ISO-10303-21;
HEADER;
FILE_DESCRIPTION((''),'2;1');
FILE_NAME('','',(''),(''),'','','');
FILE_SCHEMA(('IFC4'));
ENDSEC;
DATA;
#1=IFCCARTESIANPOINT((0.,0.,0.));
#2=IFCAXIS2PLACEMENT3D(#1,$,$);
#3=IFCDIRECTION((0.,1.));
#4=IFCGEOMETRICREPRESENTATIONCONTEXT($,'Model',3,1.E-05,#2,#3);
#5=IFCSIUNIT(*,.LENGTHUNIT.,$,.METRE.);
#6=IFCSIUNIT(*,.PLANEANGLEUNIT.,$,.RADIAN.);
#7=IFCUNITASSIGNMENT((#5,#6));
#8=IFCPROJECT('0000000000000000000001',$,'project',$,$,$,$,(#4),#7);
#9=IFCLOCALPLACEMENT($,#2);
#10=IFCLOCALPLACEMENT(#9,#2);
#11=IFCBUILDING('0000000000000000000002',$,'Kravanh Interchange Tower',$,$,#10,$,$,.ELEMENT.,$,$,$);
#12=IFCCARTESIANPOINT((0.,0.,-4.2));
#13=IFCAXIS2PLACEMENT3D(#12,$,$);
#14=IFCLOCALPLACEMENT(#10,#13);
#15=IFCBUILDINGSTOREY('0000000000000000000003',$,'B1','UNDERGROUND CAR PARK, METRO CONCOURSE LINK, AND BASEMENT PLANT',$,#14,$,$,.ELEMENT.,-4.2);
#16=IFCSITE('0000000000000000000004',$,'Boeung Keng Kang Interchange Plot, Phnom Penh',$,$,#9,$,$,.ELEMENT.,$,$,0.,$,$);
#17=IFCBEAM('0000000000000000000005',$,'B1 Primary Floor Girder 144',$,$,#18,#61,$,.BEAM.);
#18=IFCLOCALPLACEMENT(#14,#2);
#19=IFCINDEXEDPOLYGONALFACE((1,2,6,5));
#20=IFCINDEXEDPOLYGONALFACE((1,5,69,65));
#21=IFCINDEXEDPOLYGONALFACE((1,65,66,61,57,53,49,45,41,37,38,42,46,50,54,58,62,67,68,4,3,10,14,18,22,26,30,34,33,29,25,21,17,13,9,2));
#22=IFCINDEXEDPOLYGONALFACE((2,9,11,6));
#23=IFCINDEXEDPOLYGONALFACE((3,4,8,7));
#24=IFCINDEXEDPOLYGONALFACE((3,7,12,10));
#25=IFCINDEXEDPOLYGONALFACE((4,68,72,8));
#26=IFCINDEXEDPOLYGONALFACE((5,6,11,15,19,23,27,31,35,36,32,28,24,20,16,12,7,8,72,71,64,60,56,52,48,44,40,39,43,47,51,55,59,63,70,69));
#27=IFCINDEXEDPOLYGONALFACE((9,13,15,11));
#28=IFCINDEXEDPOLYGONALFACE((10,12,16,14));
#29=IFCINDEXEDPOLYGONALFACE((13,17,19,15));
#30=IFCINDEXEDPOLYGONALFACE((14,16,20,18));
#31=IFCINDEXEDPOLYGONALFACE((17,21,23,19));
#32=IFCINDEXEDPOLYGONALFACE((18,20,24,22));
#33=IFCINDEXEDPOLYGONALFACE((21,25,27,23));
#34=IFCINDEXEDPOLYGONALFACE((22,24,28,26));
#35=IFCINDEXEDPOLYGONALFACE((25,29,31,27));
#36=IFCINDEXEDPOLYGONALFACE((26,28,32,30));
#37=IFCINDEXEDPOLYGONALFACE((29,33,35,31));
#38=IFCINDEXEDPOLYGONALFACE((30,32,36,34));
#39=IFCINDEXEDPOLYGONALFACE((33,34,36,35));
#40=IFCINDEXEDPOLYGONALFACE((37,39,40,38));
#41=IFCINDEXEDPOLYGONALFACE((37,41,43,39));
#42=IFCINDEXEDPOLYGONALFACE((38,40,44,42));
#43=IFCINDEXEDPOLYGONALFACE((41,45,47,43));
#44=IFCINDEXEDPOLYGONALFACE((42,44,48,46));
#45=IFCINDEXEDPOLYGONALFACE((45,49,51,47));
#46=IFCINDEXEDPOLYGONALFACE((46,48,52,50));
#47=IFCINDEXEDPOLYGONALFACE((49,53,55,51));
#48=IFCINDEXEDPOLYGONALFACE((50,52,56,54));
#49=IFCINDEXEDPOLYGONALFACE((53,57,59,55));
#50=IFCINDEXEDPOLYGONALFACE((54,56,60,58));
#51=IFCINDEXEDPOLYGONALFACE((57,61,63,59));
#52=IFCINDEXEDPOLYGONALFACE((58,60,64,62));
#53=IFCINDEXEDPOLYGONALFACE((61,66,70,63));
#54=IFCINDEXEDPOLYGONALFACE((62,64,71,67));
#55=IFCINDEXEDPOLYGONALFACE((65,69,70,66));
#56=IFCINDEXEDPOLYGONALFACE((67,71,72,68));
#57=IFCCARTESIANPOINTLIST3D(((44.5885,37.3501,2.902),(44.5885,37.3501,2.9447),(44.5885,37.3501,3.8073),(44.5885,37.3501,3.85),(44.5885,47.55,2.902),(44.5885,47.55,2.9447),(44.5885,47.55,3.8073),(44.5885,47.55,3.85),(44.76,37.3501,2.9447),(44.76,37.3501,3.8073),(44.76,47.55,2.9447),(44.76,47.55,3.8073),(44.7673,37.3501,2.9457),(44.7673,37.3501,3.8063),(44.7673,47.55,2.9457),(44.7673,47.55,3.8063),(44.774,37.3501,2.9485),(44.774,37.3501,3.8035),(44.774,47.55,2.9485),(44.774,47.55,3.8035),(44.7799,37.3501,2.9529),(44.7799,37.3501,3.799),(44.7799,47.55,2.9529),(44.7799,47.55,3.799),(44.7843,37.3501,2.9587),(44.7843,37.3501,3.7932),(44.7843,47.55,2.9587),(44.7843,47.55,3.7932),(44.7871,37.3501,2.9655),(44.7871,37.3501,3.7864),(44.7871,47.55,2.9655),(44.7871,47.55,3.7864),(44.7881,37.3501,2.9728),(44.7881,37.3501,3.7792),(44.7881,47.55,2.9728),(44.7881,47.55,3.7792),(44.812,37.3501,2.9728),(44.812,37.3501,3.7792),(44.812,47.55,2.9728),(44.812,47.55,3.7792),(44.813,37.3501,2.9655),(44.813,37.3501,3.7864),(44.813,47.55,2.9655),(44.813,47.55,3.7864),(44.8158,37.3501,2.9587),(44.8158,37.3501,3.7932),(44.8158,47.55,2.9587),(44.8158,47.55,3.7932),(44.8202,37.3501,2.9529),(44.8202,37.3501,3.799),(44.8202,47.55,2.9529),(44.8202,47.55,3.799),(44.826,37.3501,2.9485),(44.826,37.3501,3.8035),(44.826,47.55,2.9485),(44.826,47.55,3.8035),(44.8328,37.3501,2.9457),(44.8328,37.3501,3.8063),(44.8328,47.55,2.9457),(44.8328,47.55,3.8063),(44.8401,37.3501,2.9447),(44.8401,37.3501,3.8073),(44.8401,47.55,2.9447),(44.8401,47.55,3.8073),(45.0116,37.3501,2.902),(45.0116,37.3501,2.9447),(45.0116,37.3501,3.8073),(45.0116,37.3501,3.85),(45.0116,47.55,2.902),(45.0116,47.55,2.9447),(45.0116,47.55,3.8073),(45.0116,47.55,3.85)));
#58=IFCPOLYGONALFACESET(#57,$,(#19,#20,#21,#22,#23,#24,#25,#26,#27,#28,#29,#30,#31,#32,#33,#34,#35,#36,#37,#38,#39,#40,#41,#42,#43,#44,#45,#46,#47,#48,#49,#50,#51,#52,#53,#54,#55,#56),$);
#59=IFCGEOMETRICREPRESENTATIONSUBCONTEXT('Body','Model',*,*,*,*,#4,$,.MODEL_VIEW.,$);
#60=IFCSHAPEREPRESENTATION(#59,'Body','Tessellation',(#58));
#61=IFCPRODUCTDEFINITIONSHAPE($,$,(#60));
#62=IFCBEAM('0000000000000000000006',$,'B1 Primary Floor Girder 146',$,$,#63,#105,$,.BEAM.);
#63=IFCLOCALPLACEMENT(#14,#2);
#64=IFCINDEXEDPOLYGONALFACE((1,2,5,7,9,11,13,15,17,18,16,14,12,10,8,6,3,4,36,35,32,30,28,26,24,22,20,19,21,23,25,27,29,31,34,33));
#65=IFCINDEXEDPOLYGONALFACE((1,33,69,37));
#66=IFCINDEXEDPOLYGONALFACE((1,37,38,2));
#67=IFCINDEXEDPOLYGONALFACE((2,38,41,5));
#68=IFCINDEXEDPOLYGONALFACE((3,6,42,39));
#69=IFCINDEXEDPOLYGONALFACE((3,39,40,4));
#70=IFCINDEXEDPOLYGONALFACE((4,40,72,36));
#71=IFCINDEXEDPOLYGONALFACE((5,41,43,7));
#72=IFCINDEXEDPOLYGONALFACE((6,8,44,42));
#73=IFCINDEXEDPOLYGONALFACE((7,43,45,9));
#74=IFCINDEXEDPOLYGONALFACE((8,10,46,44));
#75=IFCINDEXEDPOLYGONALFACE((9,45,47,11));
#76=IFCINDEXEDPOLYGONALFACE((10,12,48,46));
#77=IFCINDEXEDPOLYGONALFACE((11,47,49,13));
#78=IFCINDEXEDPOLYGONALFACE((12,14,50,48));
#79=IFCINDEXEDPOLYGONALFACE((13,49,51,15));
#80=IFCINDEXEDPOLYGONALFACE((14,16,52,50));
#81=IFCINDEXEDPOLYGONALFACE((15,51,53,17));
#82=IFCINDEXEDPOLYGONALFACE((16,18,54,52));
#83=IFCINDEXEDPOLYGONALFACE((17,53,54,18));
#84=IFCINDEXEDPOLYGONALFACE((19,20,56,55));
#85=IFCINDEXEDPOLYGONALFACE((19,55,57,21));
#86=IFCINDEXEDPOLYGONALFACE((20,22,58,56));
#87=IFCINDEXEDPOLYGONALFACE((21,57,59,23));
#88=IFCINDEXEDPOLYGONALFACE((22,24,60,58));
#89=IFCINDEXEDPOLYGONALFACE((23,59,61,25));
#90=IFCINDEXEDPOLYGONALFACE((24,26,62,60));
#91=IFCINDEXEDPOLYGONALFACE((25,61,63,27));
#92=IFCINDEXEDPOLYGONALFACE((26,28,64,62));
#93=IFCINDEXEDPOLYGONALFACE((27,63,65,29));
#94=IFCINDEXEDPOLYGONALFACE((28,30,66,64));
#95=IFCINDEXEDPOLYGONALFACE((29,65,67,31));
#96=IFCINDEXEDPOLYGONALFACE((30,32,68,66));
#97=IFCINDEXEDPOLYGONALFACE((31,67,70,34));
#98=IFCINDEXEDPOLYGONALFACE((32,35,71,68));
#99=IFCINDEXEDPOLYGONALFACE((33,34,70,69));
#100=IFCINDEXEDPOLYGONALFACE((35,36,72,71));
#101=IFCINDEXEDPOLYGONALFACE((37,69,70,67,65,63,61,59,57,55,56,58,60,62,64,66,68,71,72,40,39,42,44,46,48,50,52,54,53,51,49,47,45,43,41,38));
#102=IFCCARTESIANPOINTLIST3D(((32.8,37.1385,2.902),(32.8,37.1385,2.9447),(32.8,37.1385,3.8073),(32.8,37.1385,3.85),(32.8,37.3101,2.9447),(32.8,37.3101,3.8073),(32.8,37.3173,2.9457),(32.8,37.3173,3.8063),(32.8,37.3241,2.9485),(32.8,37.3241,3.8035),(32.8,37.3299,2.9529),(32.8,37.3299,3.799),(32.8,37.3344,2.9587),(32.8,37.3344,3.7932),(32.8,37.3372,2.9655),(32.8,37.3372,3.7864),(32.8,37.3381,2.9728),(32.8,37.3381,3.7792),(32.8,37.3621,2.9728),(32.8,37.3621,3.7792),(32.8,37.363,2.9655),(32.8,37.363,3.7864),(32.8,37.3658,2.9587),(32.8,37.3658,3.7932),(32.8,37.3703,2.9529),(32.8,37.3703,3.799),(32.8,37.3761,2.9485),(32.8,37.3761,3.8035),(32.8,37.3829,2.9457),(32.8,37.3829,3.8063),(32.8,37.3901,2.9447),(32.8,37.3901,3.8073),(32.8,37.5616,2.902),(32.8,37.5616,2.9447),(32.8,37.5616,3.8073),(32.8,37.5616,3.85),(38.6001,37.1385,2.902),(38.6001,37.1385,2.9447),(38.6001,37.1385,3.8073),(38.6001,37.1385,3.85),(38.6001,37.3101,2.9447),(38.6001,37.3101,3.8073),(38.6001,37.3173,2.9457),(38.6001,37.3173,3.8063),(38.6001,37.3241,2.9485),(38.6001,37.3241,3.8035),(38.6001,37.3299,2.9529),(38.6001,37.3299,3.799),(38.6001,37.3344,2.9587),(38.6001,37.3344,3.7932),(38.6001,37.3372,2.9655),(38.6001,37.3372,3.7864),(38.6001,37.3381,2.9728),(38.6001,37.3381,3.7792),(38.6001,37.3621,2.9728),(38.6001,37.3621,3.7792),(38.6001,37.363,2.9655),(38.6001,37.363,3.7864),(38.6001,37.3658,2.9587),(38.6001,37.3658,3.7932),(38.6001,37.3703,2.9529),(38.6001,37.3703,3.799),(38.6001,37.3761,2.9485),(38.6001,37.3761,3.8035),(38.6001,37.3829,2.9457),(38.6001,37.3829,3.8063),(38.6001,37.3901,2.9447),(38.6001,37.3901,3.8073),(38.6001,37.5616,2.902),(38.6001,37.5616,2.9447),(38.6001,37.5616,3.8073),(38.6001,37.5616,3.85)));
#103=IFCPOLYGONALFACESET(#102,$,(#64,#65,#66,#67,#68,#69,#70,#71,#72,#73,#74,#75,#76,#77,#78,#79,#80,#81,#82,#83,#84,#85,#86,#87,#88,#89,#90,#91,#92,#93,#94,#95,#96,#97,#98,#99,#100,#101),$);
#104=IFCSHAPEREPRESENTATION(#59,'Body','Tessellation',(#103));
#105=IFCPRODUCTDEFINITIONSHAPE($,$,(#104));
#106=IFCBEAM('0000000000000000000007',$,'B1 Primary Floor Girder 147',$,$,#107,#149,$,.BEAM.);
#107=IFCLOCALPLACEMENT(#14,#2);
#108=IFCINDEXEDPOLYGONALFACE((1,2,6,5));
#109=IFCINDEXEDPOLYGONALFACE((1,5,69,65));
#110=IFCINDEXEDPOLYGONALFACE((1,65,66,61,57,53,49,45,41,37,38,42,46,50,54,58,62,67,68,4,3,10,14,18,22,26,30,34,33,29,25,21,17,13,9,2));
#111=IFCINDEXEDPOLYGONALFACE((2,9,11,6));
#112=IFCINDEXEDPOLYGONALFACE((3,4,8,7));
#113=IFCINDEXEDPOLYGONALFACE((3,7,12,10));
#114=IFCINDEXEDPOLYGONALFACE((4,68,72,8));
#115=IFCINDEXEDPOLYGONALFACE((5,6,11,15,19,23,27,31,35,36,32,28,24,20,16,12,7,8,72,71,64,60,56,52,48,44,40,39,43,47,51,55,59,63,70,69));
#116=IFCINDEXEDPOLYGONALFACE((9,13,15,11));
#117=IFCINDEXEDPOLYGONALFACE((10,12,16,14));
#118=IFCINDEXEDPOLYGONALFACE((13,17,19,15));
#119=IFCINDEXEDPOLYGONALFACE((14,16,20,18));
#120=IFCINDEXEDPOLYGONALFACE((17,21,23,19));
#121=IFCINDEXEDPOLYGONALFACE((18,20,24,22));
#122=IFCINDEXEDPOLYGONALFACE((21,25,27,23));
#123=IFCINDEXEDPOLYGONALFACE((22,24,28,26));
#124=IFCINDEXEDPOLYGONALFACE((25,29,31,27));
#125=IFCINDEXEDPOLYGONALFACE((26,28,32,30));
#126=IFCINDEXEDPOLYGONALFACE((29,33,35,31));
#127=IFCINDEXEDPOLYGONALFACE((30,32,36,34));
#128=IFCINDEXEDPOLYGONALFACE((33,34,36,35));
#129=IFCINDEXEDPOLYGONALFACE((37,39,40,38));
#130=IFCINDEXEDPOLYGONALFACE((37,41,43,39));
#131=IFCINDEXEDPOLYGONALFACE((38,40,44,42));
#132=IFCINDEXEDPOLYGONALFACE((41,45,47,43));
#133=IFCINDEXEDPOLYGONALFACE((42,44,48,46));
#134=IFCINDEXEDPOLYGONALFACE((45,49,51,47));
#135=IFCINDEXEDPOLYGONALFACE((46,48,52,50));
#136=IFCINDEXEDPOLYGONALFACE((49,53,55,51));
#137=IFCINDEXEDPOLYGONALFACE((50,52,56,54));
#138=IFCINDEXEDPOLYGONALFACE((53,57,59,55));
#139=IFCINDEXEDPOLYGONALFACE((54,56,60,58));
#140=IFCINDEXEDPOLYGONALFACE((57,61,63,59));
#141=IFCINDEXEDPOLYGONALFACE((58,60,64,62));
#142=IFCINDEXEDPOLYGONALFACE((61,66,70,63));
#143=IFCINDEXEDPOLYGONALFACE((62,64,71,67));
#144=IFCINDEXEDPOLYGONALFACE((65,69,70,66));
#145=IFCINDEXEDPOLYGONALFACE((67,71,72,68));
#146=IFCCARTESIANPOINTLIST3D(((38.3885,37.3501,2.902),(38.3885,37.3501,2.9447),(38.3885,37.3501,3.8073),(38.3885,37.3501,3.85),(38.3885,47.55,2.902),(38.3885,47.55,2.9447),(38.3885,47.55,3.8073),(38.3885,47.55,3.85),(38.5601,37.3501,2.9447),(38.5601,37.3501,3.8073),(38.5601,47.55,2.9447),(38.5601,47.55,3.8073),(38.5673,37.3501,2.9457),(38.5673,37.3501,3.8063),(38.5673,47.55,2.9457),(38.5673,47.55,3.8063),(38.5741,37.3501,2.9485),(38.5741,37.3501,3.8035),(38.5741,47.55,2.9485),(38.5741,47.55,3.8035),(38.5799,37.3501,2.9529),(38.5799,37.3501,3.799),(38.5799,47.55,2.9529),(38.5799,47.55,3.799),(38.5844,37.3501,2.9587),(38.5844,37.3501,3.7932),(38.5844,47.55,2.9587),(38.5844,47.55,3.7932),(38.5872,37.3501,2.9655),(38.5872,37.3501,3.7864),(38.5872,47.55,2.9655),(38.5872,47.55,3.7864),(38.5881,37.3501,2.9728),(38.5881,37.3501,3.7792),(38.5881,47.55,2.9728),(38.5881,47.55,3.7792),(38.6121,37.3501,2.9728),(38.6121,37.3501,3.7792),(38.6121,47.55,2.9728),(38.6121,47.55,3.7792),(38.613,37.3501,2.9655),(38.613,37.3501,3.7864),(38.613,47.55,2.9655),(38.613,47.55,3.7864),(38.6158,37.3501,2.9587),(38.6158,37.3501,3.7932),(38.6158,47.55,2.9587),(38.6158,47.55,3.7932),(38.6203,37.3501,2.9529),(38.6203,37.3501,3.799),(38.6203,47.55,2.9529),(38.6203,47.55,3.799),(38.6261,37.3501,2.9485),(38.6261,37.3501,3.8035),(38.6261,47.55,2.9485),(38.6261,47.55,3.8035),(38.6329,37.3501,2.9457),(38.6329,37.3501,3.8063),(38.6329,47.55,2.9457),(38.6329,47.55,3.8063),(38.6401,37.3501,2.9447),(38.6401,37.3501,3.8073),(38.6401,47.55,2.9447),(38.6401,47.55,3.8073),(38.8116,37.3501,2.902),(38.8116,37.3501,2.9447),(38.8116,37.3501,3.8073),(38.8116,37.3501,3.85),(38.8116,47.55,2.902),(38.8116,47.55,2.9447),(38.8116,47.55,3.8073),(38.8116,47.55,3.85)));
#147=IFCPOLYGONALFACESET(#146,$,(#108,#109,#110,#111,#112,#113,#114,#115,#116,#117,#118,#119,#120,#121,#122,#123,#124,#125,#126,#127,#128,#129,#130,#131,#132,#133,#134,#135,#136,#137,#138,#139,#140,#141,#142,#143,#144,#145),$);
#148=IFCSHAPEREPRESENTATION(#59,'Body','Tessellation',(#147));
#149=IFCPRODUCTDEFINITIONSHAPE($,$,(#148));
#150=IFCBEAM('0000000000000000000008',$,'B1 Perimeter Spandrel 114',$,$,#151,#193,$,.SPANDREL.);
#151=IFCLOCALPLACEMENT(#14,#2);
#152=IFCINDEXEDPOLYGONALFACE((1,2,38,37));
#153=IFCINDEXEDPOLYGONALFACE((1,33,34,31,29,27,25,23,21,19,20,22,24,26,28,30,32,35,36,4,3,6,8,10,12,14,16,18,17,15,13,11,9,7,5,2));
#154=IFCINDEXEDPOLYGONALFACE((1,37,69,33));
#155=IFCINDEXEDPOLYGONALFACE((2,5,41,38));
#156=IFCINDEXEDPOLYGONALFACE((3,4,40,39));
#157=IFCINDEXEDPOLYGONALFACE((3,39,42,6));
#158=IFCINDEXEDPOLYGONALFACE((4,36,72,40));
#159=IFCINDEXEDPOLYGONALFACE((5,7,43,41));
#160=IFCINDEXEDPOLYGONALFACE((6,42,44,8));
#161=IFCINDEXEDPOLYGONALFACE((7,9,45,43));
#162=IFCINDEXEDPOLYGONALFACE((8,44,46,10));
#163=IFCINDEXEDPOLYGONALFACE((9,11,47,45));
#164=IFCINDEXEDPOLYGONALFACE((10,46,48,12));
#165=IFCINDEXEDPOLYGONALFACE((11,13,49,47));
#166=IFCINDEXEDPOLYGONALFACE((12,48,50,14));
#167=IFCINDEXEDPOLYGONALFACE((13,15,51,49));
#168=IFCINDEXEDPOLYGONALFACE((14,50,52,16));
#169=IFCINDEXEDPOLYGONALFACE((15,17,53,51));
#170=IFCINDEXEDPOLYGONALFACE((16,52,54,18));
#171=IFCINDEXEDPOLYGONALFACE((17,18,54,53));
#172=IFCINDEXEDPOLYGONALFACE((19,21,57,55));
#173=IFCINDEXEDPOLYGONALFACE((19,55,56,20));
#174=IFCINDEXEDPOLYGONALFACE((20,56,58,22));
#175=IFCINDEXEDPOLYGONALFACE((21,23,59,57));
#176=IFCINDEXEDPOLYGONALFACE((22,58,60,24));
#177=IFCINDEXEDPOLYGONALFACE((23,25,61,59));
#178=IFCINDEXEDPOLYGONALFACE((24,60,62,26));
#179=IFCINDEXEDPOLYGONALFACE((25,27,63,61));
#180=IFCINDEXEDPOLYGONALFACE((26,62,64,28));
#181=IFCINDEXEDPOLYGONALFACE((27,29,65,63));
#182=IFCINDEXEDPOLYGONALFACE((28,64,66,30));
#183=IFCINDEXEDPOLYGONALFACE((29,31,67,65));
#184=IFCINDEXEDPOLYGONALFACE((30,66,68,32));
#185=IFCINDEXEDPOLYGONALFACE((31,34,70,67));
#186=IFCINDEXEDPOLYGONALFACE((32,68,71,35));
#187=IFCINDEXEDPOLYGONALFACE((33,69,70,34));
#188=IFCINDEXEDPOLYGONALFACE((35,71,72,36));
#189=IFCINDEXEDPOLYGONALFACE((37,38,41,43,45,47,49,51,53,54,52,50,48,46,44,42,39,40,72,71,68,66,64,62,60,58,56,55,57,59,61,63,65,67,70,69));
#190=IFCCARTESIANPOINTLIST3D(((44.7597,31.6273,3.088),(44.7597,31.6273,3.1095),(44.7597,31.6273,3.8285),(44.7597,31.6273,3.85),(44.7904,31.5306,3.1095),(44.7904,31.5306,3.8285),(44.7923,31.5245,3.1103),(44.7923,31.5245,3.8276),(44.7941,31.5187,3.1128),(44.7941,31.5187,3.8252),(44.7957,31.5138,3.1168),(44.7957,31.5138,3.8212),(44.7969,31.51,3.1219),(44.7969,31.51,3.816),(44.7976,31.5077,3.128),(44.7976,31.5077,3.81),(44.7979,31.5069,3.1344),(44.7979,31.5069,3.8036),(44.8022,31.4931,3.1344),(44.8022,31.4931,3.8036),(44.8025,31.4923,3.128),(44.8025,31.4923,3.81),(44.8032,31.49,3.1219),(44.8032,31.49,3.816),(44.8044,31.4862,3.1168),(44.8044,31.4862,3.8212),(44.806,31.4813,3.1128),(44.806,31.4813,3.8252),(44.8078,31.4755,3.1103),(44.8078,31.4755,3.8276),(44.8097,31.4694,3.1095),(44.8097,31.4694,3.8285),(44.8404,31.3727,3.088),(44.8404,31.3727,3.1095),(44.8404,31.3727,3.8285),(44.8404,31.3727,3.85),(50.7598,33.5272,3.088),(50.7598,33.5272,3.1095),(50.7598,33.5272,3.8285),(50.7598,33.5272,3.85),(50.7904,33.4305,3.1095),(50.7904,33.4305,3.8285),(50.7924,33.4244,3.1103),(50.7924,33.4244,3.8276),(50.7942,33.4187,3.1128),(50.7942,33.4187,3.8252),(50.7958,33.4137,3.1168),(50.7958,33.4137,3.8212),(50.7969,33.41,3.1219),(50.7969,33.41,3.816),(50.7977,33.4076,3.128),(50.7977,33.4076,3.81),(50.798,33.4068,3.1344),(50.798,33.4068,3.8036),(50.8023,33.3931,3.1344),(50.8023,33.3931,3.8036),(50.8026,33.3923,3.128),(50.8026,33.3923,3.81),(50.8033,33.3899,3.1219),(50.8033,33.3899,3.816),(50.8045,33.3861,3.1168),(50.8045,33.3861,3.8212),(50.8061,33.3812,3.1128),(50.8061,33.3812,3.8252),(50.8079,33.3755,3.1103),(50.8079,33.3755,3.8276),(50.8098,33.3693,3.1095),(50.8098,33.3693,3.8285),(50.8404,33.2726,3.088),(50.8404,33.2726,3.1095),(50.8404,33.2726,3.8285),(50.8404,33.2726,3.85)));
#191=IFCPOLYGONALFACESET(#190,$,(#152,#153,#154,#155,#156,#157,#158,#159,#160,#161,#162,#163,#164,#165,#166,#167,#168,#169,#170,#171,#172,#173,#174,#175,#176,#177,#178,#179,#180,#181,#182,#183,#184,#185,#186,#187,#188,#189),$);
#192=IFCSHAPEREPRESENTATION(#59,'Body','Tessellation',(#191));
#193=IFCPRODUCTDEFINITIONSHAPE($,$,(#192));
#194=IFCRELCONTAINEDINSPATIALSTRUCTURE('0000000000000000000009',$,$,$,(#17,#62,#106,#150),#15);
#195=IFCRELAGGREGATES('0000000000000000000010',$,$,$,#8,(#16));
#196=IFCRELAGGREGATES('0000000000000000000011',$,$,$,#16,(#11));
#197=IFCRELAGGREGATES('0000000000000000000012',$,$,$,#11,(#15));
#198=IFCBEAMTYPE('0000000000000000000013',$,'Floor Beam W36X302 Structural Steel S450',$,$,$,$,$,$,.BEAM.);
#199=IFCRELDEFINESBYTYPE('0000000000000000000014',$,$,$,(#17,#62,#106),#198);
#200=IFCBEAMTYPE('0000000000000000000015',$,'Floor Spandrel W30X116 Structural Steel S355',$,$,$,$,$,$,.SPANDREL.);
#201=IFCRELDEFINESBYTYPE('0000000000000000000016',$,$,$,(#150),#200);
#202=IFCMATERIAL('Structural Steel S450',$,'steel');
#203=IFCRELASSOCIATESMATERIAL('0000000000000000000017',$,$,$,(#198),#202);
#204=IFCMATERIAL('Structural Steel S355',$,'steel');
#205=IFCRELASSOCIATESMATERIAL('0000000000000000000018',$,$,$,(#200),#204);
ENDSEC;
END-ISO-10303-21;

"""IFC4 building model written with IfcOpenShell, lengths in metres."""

from ifc_helpers import new_model, si_unit, direction, frame, origin, origin_2d, place, context, subcontext, project, spatial, i_section, extrude, material, material_profile, profile_set, type_object, element, save


model = new_model("IFC4")

# Units and contexts
model_context = context("Model", 3, precision=1e-05, world=origin(), true_north=direction((0.0, 1.0)))
body_context = subcontext(model_context, "Body", "Model", "MODEL_VIEW")
ifc_project = project(units=[si_unit("LENGTHUNIT", "METRE"), si_unit("PLANEANGLEUNIT", "RADIAN")], contexts=[model_context])

# Site, building, storey
site_placement = place(None, origin())
site = spatial("IfcSite", under=ifc_project, at=site_placement, Name="Boeung Keng Kang Interchange Plot, Phnom Penh", CompositionType="ELEMENT", RefElevation=0.0)
building_placement = place(site_placement, origin())
building = spatial("IfcBuilding", under=site, at=building_placement, Name="Kravanh Interchange Tower", CompositionType="ELEMENT")
storey_placement = place(building_placement, frame((0.0, 0.0, -4.2)))
storey = spatial("IfcBuildingStorey", under=building, at=storey_placement, Name="B1", Description="UNDERGROUND CAR PARK, METRO CONCOURSE LINK, AND BASEMENT PLANT", CompositionType="ELEMENT", Elevation=-4.2)

# Beams
ifc_material_1 = material(Name="Structural Steel S450", Category="steel")
ifc_material_profile_1 = material_profile(ifc_material_1, i_section(OverallWidth=0.4231, OverallDepth=0.948, WebThickness=0.0239, FlangeThickness=0.0427, FilletRadius=0.0281, at=origin_2d()), Name="W36X302")
ifc_profile_set_1 = profile_set([ifc_material_profile_1], Name="Structural Steel S450")
beam_type_1 = type_object("IfcBeamType", Name="Floor Beam W36X302 Structural Steel S450", PredefinedType="BEAM", material=ifc_profile_set_1)
beam_1_placement = place(storey_placement, frame((44.8, 37.3501, 3.376), z_axis=(0.0, 1.0, 0.0), x_axis=(-1.0, 0.0, 0.0)))
element("IfcBeam", 1, at=beam_1_placement, inside=storey, type_object=beam_type_1, Name="B1 Primary Floor Girder 144", PredefinedType="BEAM", context=body_context, shape_type="SweptSolid", body=[
    extrude(i_section(OverallWidth=0.4231, OverallDepth=0.948, WebThickness=0.0239, FlangeThickness=0.0427, FilletRadius=0.0281, at=origin_2d()), origin(), (0.0, 0.0, 1.0), 10.2),
])
beam_2_placement = place(storey_placement, frame((38.6001, 37.3501, 3.376), z_axis=(-1.0, 0.0, 0.0), x_axis=(0.0, -1.0, 0.0)))
element("IfcBeam", 2, at=beam_2_placement, inside=storey, type_object=beam_type_1, Name="B1 Primary Floor Girder 146", PredefinedType="BEAM", context=body_context, shape_type="SweptSolid", body=[
    extrude(i_section(OverallWidth=0.4231, OverallDepth=0.948, WebThickness=0.0239, FlangeThickness=0.0427, FilletRadius=0.0281, at=origin_2d()), origin(), (0.0, 0.0, 1.0), 5.8),
])
beam_3_placement = place(storey_placement, frame((38.6001, 37.3501, 3.376), z_axis=(0.0, 1.0, 0.0), x_axis=(-1.0, 0.0, 0.0)))
element("IfcBeam", 3, at=beam_3_placement, inside=storey, type_object=beam_type_1, Name="B1 Primary Floor Girder 147", PredefinedType="BEAM", context=body_context, shape_type="SweptSolid", body=[
    extrude(i_section(OverallWidth=0.4231, OverallDepth=0.948, WebThickness=0.0239, FlangeThickness=0.0427, FilletRadius=0.0281, at=origin_2d()), origin(), (0.0, 0.0, 1.0), 10.2),
])
ifc_material_2 = material(Name="Structural Steel S355", Category="steel")
ifc_material_profile_2 = material_profile(ifc_material_2, i_section(OverallWidth=0.2671, OverallDepth=0.762, WebThickness=0.0144, FlangeThickness=0.0215, FilletRadius=0.0249, at=origin_2d()), Name="W30X116")
ifc_profile_set_2 = profile_set([ifc_material_profile_2], Name="Structural Steel S355")
beam_type_2 = type_object("IfcBeamType", Name="Floor Spandrel W30X116 Structural Steel S355", PredefinedType="SPANDREL", material=ifc_profile_set_2)
beam_4_placement = place(storey_placement, frame((44.8, 31.5, 3.469), z_axis=(0.953347, 0.301878, 0.0), x_axis=(-0.301878, 0.953347, 0.0)))
element("IfcBeam", 4, at=beam_4_placement, inside=storey, type_object=beam_type_2, Name="B1 Perimeter Spandrel 114", PredefinedType="SPANDREL", context=body_context, shape_type="SweptSolid", body=[
    extrude(i_section(OverallWidth=0.2671, OverallDepth=0.762, WebThickness=0.0144, FlangeThickness=0.0215, FilletRadius=0.0249, at=origin_2d()), origin(), (0.0, 0.0, 1.0), 6.2937),
])

save(model, "model.ifc")
